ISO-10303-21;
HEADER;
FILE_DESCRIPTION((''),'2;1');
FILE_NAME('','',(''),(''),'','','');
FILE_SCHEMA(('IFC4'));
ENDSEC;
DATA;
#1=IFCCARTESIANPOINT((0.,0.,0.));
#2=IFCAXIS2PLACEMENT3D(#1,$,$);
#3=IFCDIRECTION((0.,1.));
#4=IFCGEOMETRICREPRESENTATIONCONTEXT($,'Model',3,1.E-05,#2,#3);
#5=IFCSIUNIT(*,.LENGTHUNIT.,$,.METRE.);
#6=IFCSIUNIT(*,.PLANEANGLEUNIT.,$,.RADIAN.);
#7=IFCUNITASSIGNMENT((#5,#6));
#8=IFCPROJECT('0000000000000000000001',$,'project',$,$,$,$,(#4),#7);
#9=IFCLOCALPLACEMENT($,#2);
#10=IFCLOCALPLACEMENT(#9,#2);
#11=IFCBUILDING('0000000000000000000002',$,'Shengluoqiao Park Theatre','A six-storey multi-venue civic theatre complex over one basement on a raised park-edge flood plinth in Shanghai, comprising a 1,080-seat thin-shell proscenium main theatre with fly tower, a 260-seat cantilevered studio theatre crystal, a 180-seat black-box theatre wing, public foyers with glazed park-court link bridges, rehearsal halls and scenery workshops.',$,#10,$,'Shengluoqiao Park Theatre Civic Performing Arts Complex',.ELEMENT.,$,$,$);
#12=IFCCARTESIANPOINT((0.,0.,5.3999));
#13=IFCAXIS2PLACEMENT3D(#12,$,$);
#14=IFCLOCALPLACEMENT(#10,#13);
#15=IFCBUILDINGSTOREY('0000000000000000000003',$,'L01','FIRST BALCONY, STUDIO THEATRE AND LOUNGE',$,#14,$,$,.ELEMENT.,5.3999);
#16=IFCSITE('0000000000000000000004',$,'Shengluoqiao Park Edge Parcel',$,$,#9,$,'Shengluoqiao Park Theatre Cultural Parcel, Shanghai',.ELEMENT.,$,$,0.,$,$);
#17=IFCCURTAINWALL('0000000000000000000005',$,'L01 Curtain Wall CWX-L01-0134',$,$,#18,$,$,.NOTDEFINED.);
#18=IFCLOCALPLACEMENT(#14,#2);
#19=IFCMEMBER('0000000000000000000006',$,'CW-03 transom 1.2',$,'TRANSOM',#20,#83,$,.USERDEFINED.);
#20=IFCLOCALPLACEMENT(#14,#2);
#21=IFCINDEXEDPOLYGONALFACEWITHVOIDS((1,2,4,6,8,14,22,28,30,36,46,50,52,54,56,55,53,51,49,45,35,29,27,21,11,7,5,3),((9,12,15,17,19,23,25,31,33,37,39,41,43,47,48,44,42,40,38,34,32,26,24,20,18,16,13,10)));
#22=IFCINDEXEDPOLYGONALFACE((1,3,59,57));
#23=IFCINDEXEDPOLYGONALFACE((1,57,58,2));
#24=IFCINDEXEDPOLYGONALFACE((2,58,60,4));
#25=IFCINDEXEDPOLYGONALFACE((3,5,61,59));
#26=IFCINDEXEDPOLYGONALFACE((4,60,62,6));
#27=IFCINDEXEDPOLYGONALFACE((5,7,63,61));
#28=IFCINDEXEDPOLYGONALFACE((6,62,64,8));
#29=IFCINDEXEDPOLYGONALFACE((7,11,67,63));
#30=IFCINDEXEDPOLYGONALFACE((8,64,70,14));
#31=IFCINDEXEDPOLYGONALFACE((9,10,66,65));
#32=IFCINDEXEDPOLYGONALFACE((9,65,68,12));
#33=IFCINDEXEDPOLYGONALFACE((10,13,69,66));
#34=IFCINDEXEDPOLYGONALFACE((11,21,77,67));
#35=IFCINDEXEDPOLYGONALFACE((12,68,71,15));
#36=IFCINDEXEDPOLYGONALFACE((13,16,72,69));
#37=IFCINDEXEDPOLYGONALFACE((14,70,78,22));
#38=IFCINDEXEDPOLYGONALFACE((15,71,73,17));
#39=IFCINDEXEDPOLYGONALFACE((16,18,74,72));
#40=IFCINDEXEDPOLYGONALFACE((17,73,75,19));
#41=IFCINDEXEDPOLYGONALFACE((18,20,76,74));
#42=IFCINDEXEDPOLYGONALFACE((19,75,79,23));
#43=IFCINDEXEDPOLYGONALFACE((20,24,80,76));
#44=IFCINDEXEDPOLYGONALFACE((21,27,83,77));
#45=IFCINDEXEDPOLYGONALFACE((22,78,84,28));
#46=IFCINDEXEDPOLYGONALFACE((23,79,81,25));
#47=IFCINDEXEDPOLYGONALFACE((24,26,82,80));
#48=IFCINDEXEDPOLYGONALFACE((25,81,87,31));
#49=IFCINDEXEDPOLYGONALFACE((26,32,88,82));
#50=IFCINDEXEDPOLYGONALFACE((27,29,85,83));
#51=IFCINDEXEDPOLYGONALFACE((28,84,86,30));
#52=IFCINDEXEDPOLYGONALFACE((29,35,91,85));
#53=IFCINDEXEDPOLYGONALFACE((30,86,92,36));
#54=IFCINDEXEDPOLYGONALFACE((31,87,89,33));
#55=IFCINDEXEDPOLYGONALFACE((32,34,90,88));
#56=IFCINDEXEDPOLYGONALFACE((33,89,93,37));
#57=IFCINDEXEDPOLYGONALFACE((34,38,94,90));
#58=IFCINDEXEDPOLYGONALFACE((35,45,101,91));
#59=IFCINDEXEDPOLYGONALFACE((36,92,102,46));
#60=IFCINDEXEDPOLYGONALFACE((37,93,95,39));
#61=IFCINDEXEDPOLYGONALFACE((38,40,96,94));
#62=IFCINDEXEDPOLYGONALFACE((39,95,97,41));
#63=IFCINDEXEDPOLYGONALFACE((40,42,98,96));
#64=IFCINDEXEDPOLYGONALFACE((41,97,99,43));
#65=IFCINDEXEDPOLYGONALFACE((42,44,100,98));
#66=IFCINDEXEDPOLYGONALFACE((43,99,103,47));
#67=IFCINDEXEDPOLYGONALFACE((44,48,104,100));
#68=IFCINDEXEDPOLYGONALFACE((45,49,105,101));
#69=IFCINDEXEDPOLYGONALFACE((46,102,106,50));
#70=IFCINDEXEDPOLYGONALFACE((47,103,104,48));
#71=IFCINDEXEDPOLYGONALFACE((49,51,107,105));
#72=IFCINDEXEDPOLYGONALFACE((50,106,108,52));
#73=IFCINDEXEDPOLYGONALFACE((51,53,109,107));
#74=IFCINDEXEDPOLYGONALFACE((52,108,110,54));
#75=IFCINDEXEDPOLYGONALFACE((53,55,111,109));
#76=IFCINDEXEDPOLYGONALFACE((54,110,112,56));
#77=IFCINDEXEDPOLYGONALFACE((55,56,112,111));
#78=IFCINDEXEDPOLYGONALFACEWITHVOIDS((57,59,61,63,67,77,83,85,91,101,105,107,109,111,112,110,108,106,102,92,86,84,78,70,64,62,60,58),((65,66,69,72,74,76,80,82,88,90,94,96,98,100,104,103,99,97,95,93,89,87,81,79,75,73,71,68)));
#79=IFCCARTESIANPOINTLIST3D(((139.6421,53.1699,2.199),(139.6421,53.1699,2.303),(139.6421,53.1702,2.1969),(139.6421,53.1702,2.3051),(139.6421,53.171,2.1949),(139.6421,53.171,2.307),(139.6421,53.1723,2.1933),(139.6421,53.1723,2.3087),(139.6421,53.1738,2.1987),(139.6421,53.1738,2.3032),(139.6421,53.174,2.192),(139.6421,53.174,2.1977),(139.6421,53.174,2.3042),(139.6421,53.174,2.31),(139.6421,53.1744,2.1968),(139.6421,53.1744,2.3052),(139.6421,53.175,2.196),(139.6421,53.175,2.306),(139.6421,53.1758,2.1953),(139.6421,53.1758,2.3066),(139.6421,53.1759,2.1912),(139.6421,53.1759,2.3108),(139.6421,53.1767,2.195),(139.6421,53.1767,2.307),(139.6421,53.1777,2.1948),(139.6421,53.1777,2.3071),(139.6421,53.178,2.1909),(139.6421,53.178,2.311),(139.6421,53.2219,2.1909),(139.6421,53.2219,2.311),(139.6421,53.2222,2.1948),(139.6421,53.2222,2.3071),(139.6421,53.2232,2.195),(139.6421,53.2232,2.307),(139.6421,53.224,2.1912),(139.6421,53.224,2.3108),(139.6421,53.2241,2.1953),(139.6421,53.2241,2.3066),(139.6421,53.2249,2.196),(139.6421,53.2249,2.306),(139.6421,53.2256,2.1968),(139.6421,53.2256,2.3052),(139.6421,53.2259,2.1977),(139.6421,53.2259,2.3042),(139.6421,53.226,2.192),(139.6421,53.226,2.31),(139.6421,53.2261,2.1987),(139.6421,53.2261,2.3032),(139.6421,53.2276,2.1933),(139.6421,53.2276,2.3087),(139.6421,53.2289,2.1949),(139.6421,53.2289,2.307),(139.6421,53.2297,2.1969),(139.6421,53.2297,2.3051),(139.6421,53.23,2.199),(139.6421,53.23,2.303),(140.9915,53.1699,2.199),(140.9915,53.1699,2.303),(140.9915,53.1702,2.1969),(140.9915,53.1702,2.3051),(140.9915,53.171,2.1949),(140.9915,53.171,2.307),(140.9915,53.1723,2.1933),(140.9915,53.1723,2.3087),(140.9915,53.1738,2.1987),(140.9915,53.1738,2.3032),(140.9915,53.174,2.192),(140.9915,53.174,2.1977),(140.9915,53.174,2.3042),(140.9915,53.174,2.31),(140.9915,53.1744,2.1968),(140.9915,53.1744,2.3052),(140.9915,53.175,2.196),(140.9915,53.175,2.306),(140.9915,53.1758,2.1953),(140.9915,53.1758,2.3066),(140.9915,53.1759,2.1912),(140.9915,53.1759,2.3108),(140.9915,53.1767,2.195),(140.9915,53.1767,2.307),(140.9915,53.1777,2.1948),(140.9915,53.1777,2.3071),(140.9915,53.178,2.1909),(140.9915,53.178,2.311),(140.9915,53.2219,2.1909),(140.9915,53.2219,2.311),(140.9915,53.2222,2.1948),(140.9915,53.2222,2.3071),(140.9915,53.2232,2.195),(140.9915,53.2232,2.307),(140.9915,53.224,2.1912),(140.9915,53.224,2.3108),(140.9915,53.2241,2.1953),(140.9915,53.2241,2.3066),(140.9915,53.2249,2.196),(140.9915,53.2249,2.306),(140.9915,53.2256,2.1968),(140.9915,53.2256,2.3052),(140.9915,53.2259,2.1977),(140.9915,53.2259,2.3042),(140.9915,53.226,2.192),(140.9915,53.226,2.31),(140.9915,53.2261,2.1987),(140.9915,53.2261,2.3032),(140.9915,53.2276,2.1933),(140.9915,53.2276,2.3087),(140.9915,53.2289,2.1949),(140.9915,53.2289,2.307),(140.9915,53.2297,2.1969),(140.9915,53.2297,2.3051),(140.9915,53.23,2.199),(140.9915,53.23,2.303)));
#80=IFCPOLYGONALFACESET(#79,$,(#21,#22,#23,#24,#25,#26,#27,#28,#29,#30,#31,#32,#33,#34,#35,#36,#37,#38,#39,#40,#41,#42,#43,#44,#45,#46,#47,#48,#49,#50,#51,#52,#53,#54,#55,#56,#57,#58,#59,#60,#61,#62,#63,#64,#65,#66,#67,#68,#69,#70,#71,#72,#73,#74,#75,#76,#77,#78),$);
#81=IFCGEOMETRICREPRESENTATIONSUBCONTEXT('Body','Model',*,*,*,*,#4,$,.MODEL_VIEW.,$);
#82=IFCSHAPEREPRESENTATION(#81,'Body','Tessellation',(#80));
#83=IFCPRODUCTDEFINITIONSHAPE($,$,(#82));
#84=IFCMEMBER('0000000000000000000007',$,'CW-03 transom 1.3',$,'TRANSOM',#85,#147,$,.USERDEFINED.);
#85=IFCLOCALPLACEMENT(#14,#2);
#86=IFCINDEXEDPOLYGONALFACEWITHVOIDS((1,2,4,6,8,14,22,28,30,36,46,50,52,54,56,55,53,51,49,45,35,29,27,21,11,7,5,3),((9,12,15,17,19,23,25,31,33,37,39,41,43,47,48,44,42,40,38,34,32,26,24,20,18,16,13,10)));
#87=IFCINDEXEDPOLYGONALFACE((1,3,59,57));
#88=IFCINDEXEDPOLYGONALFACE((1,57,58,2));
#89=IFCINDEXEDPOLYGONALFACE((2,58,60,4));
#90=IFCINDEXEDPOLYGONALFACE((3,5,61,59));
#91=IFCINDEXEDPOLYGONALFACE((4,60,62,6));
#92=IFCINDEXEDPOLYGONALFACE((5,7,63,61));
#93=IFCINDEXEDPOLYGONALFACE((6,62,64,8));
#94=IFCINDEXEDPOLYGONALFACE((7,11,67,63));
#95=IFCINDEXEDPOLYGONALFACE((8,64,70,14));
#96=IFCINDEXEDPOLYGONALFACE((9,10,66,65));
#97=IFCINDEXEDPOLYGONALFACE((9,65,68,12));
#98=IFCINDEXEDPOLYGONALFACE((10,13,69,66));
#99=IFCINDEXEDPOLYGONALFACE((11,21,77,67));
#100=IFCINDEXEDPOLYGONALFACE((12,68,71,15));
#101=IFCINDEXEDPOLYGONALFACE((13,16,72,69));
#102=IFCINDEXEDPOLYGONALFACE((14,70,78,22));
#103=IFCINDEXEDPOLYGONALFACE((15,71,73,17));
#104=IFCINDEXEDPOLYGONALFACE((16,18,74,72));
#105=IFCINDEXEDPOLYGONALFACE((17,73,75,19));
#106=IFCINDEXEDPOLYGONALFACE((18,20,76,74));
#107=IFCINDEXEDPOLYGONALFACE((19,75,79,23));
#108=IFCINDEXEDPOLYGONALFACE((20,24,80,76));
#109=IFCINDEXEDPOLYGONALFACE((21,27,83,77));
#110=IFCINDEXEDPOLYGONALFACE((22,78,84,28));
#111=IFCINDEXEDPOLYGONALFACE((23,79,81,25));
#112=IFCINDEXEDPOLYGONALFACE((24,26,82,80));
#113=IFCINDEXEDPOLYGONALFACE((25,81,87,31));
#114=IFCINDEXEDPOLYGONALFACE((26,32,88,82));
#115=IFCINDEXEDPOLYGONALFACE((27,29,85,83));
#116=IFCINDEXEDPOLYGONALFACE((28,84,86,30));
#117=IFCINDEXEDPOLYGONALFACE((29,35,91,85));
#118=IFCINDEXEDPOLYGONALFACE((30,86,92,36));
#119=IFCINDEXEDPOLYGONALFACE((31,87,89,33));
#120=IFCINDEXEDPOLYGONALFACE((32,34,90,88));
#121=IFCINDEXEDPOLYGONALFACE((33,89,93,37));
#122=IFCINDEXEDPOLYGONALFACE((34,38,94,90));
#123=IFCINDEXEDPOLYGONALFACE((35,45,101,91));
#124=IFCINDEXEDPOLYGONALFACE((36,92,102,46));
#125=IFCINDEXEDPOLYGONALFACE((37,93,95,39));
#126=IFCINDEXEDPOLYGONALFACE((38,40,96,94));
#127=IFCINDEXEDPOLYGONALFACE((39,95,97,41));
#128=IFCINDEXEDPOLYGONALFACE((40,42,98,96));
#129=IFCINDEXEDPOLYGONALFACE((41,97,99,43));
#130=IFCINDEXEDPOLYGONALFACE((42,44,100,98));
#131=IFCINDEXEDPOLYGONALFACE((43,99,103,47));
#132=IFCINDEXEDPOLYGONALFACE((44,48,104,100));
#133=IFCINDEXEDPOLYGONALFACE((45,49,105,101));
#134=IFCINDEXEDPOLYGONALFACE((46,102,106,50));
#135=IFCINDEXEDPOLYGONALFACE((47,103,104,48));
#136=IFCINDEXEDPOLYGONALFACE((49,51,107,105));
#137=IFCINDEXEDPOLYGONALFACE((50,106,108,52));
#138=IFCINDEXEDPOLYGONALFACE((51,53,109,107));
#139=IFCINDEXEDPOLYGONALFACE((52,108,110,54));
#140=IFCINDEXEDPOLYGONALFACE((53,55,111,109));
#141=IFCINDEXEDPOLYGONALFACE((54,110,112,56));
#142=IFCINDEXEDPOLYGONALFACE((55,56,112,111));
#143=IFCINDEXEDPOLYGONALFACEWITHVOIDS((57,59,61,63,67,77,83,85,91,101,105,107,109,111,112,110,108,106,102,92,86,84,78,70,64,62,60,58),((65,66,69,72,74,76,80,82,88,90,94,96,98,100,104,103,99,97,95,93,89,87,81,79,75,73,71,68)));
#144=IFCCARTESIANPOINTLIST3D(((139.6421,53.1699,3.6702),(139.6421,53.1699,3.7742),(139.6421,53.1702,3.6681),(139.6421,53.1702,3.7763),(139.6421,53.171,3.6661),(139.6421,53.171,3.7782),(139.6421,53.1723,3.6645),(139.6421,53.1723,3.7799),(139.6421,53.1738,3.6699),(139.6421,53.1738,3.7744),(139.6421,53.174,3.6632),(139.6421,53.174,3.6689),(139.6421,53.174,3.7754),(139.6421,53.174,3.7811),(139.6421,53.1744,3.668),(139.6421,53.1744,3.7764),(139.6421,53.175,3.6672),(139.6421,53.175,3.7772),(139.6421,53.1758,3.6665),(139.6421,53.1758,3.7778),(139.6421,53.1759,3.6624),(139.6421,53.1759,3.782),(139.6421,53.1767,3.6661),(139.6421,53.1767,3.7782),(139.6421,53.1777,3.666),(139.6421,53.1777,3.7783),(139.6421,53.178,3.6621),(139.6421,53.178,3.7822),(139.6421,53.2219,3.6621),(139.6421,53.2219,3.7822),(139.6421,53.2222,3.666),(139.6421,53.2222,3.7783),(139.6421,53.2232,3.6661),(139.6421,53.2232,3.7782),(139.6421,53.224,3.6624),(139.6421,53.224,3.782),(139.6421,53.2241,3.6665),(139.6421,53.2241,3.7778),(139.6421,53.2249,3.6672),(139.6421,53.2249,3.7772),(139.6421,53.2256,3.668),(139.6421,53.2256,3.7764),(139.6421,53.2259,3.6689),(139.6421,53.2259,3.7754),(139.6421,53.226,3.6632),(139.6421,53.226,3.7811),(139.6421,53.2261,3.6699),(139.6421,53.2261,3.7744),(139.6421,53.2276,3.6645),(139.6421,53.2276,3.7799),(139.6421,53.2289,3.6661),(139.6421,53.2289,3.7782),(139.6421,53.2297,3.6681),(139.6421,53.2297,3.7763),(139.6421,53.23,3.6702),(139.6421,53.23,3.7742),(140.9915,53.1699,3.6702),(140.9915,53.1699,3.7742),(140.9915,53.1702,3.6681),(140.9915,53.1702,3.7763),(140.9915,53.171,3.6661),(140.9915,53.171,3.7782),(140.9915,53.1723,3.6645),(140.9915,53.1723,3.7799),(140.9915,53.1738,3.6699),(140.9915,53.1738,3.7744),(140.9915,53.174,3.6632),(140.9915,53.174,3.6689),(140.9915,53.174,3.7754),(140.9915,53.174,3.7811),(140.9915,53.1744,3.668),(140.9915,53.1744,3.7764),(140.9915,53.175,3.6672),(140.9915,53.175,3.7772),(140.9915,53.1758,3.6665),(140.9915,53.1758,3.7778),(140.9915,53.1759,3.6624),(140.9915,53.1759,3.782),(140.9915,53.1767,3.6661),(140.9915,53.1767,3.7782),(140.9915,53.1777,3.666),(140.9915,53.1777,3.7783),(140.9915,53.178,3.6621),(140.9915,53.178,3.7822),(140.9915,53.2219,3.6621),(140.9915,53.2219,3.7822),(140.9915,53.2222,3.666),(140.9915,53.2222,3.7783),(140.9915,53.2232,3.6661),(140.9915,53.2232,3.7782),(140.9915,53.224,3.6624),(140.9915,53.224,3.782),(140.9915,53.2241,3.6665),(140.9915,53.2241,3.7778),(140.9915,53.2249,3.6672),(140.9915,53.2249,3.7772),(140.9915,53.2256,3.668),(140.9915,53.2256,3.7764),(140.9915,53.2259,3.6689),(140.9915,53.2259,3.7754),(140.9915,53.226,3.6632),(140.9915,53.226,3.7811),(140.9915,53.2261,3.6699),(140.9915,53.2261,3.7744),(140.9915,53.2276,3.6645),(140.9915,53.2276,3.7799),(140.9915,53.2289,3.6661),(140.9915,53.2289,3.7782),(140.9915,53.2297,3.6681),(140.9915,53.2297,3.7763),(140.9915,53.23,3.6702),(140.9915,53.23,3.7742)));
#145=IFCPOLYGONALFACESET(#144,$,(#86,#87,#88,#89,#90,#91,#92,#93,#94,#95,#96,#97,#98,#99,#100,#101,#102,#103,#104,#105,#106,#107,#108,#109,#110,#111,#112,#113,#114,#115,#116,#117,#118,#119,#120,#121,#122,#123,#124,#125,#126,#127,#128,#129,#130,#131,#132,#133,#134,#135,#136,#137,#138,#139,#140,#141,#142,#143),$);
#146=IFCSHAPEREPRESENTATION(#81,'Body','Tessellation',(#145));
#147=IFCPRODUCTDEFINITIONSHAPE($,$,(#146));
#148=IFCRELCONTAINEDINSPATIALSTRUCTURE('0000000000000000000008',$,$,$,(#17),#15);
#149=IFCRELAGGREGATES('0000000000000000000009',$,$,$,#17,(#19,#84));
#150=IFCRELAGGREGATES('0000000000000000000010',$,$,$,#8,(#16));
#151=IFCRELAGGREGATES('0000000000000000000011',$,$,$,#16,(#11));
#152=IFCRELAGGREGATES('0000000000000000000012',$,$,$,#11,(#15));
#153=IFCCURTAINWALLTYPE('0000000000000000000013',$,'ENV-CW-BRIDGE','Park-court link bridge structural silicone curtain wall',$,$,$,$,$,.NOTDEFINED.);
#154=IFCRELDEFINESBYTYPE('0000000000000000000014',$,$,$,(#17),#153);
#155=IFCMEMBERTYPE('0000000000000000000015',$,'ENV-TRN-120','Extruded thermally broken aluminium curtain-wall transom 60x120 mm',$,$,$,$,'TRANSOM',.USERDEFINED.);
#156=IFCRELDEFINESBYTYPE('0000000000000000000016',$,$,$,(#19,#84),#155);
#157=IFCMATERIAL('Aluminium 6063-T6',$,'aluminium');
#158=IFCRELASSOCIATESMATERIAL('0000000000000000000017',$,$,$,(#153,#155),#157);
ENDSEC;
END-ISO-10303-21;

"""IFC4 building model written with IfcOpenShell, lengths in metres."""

from ifc_helpers import new_model, si_unit, direction, frame, origin, origin_2d, place, context, subcontext, project, spatial, hollow_rectangle, extrude, material, material_profile, profile_set, type_object, element, aggregate, save


model = new_model("IFC4")

# Units and contexts
model_context = context("Model", 3, precision=1e-05, world=origin(), true_north=direction((0.0, 1.0)))
body_context = subcontext(model_context, "Body", "Model", "MODEL_VIEW")
ifc_project = project(units=[si_unit("LENGTHUNIT", "METRE"), si_unit("PLANEANGLEUNIT", "RADIAN")], contexts=[model_context])

# Site, building, storey
site_placement = place(None, origin())
site = spatial("IfcSite", under=ifc_project, at=site_placement, Name="Shengluoqiao Park Edge Parcel", LongName="Shengluoqiao Park Theatre Cultural Parcel, Shanghai", CompositionType="ELEMENT", RefElevation=0.0)
building_placement = place(site_placement, origin())
building = spatial("IfcBuilding", under=site, at=building_placement, Name="Shengluoqiao Park Theatre", Description="A six-storey multi-venue civic theatre complex over one basement on a raised park-edge flood plinth in Shanghai, comprising a 1,080-seat thin-shell proscenium main theatre with fly tower, a 260-seat cantilevered studio theatre crystal, a 180-seat black-box theatre wing, public foyers with glazed park-court link bridges, rehearsal halls and scenery workshops.", LongName="Shengluoqiao Park Theatre Civic Performing Arts Complex", CompositionType="ELEMENT")
storey_placement = place(building_placement, frame((0.0, 0.0, 5.3999)))
storey = spatial("IfcBuildingStorey", under=building, at=storey_placement, Name="L01", Description="FIRST BALCONY, STUDIO THEATRE AND LOUNGE", CompositionType="ELEMENT", Elevation=5.3999)

# Curtain wall
ifc_material_1 = material(Name="Aluminium 6063-T6", Category="aluminium")
curtain_wall_type = type_object("IfcCurtainWallType", Name="ENV-CW-BRIDGE", Description="Park-court link bridge structural silicone curtain wall", PredefinedType="NOTDEFINED", material=ifc_material_1)
curtain_wall_1_placement = place(storey_placement, origin())
curtain_wall_1 = element("IfcCurtainWall", 1, at=curtain_wall_1_placement, inside=storey, type_object=curtain_wall_type, Name="L01 Curtain Wall CWX-L01-0134", PredefinedType="NOTDEFINED")

# Members
ifc_material_profile_1 = material_profile(ifc_material_1, hollow_rectangle(XDim=0.0601, YDim=0.1201, WallThickness=0.0039, InnerFilletRadius=0.0039, OuterFilletRadius=0.0081, at=origin_2d()), Name="ALU TRANSOM 120x60x4")
ifc_profile_set_1 = profile_set([ifc_material_profile_1], Name="Aluminium 6063-T6")
member_type_1 = type_object("IfcMemberType", Name="ENV-TRN-120", Description="Extruded thermally broken aluminium curtain-wall transom 60x120 mm", ElementType="TRANSOM", PredefinedType="USERDEFINED", material=ifc_profile_set_1)
member_1_placement = place(storey_placement, frame((139.6421, 53.2, 2.251), z_axis=(1.0, 0.0, 0.0), x_axis=(0.0, 1.0, 0.0)))
member_1 = element("IfcMember", 2, at=member_1_placement, type_object=member_type_1, Name="CW-03 transom 1.2", ObjectType="TRANSOM", PredefinedType="USERDEFINED", context=body_context, shape_type="SweptSolid", body=[
    extrude(hollow_rectangle(XDim=0.0601, YDim=0.1201, WallThickness=0.0039, InnerFilletRadius=0.0039, OuterFilletRadius=0.0081, at=origin_2d()), origin(), (0.0, 0.0, 1.0), 1.3494),
])
member_2_placement = place(storey_placement, frame((139.6421, 53.2, 3.7222), z_axis=(1.0, 0.0, 0.0), x_axis=(0.0, 1.0, 0.0)))
member_2 = element("IfcMember", 3, at=member_2_placement, type_object=member_type_1, Name="CW-03 transom 1.3", ObjectType="TRANSOM", PredefinedType="USERDEFINED", context=body_context, shape_type="SweptSolid", body=[
    extrude(hollow_rectangle(XDim=0.0601, YDim=0.1201, WallThickness=0.0039, InnerFilletRadius=0.0039, OuterFilletRadius=0.0081, at=origin_2d()), origin(), (0.0, 0.0, 1.0), 1.3494),
])

aggregate(curtain_wall_1, [member_1, member_2])

save(model, "model.ifc")
